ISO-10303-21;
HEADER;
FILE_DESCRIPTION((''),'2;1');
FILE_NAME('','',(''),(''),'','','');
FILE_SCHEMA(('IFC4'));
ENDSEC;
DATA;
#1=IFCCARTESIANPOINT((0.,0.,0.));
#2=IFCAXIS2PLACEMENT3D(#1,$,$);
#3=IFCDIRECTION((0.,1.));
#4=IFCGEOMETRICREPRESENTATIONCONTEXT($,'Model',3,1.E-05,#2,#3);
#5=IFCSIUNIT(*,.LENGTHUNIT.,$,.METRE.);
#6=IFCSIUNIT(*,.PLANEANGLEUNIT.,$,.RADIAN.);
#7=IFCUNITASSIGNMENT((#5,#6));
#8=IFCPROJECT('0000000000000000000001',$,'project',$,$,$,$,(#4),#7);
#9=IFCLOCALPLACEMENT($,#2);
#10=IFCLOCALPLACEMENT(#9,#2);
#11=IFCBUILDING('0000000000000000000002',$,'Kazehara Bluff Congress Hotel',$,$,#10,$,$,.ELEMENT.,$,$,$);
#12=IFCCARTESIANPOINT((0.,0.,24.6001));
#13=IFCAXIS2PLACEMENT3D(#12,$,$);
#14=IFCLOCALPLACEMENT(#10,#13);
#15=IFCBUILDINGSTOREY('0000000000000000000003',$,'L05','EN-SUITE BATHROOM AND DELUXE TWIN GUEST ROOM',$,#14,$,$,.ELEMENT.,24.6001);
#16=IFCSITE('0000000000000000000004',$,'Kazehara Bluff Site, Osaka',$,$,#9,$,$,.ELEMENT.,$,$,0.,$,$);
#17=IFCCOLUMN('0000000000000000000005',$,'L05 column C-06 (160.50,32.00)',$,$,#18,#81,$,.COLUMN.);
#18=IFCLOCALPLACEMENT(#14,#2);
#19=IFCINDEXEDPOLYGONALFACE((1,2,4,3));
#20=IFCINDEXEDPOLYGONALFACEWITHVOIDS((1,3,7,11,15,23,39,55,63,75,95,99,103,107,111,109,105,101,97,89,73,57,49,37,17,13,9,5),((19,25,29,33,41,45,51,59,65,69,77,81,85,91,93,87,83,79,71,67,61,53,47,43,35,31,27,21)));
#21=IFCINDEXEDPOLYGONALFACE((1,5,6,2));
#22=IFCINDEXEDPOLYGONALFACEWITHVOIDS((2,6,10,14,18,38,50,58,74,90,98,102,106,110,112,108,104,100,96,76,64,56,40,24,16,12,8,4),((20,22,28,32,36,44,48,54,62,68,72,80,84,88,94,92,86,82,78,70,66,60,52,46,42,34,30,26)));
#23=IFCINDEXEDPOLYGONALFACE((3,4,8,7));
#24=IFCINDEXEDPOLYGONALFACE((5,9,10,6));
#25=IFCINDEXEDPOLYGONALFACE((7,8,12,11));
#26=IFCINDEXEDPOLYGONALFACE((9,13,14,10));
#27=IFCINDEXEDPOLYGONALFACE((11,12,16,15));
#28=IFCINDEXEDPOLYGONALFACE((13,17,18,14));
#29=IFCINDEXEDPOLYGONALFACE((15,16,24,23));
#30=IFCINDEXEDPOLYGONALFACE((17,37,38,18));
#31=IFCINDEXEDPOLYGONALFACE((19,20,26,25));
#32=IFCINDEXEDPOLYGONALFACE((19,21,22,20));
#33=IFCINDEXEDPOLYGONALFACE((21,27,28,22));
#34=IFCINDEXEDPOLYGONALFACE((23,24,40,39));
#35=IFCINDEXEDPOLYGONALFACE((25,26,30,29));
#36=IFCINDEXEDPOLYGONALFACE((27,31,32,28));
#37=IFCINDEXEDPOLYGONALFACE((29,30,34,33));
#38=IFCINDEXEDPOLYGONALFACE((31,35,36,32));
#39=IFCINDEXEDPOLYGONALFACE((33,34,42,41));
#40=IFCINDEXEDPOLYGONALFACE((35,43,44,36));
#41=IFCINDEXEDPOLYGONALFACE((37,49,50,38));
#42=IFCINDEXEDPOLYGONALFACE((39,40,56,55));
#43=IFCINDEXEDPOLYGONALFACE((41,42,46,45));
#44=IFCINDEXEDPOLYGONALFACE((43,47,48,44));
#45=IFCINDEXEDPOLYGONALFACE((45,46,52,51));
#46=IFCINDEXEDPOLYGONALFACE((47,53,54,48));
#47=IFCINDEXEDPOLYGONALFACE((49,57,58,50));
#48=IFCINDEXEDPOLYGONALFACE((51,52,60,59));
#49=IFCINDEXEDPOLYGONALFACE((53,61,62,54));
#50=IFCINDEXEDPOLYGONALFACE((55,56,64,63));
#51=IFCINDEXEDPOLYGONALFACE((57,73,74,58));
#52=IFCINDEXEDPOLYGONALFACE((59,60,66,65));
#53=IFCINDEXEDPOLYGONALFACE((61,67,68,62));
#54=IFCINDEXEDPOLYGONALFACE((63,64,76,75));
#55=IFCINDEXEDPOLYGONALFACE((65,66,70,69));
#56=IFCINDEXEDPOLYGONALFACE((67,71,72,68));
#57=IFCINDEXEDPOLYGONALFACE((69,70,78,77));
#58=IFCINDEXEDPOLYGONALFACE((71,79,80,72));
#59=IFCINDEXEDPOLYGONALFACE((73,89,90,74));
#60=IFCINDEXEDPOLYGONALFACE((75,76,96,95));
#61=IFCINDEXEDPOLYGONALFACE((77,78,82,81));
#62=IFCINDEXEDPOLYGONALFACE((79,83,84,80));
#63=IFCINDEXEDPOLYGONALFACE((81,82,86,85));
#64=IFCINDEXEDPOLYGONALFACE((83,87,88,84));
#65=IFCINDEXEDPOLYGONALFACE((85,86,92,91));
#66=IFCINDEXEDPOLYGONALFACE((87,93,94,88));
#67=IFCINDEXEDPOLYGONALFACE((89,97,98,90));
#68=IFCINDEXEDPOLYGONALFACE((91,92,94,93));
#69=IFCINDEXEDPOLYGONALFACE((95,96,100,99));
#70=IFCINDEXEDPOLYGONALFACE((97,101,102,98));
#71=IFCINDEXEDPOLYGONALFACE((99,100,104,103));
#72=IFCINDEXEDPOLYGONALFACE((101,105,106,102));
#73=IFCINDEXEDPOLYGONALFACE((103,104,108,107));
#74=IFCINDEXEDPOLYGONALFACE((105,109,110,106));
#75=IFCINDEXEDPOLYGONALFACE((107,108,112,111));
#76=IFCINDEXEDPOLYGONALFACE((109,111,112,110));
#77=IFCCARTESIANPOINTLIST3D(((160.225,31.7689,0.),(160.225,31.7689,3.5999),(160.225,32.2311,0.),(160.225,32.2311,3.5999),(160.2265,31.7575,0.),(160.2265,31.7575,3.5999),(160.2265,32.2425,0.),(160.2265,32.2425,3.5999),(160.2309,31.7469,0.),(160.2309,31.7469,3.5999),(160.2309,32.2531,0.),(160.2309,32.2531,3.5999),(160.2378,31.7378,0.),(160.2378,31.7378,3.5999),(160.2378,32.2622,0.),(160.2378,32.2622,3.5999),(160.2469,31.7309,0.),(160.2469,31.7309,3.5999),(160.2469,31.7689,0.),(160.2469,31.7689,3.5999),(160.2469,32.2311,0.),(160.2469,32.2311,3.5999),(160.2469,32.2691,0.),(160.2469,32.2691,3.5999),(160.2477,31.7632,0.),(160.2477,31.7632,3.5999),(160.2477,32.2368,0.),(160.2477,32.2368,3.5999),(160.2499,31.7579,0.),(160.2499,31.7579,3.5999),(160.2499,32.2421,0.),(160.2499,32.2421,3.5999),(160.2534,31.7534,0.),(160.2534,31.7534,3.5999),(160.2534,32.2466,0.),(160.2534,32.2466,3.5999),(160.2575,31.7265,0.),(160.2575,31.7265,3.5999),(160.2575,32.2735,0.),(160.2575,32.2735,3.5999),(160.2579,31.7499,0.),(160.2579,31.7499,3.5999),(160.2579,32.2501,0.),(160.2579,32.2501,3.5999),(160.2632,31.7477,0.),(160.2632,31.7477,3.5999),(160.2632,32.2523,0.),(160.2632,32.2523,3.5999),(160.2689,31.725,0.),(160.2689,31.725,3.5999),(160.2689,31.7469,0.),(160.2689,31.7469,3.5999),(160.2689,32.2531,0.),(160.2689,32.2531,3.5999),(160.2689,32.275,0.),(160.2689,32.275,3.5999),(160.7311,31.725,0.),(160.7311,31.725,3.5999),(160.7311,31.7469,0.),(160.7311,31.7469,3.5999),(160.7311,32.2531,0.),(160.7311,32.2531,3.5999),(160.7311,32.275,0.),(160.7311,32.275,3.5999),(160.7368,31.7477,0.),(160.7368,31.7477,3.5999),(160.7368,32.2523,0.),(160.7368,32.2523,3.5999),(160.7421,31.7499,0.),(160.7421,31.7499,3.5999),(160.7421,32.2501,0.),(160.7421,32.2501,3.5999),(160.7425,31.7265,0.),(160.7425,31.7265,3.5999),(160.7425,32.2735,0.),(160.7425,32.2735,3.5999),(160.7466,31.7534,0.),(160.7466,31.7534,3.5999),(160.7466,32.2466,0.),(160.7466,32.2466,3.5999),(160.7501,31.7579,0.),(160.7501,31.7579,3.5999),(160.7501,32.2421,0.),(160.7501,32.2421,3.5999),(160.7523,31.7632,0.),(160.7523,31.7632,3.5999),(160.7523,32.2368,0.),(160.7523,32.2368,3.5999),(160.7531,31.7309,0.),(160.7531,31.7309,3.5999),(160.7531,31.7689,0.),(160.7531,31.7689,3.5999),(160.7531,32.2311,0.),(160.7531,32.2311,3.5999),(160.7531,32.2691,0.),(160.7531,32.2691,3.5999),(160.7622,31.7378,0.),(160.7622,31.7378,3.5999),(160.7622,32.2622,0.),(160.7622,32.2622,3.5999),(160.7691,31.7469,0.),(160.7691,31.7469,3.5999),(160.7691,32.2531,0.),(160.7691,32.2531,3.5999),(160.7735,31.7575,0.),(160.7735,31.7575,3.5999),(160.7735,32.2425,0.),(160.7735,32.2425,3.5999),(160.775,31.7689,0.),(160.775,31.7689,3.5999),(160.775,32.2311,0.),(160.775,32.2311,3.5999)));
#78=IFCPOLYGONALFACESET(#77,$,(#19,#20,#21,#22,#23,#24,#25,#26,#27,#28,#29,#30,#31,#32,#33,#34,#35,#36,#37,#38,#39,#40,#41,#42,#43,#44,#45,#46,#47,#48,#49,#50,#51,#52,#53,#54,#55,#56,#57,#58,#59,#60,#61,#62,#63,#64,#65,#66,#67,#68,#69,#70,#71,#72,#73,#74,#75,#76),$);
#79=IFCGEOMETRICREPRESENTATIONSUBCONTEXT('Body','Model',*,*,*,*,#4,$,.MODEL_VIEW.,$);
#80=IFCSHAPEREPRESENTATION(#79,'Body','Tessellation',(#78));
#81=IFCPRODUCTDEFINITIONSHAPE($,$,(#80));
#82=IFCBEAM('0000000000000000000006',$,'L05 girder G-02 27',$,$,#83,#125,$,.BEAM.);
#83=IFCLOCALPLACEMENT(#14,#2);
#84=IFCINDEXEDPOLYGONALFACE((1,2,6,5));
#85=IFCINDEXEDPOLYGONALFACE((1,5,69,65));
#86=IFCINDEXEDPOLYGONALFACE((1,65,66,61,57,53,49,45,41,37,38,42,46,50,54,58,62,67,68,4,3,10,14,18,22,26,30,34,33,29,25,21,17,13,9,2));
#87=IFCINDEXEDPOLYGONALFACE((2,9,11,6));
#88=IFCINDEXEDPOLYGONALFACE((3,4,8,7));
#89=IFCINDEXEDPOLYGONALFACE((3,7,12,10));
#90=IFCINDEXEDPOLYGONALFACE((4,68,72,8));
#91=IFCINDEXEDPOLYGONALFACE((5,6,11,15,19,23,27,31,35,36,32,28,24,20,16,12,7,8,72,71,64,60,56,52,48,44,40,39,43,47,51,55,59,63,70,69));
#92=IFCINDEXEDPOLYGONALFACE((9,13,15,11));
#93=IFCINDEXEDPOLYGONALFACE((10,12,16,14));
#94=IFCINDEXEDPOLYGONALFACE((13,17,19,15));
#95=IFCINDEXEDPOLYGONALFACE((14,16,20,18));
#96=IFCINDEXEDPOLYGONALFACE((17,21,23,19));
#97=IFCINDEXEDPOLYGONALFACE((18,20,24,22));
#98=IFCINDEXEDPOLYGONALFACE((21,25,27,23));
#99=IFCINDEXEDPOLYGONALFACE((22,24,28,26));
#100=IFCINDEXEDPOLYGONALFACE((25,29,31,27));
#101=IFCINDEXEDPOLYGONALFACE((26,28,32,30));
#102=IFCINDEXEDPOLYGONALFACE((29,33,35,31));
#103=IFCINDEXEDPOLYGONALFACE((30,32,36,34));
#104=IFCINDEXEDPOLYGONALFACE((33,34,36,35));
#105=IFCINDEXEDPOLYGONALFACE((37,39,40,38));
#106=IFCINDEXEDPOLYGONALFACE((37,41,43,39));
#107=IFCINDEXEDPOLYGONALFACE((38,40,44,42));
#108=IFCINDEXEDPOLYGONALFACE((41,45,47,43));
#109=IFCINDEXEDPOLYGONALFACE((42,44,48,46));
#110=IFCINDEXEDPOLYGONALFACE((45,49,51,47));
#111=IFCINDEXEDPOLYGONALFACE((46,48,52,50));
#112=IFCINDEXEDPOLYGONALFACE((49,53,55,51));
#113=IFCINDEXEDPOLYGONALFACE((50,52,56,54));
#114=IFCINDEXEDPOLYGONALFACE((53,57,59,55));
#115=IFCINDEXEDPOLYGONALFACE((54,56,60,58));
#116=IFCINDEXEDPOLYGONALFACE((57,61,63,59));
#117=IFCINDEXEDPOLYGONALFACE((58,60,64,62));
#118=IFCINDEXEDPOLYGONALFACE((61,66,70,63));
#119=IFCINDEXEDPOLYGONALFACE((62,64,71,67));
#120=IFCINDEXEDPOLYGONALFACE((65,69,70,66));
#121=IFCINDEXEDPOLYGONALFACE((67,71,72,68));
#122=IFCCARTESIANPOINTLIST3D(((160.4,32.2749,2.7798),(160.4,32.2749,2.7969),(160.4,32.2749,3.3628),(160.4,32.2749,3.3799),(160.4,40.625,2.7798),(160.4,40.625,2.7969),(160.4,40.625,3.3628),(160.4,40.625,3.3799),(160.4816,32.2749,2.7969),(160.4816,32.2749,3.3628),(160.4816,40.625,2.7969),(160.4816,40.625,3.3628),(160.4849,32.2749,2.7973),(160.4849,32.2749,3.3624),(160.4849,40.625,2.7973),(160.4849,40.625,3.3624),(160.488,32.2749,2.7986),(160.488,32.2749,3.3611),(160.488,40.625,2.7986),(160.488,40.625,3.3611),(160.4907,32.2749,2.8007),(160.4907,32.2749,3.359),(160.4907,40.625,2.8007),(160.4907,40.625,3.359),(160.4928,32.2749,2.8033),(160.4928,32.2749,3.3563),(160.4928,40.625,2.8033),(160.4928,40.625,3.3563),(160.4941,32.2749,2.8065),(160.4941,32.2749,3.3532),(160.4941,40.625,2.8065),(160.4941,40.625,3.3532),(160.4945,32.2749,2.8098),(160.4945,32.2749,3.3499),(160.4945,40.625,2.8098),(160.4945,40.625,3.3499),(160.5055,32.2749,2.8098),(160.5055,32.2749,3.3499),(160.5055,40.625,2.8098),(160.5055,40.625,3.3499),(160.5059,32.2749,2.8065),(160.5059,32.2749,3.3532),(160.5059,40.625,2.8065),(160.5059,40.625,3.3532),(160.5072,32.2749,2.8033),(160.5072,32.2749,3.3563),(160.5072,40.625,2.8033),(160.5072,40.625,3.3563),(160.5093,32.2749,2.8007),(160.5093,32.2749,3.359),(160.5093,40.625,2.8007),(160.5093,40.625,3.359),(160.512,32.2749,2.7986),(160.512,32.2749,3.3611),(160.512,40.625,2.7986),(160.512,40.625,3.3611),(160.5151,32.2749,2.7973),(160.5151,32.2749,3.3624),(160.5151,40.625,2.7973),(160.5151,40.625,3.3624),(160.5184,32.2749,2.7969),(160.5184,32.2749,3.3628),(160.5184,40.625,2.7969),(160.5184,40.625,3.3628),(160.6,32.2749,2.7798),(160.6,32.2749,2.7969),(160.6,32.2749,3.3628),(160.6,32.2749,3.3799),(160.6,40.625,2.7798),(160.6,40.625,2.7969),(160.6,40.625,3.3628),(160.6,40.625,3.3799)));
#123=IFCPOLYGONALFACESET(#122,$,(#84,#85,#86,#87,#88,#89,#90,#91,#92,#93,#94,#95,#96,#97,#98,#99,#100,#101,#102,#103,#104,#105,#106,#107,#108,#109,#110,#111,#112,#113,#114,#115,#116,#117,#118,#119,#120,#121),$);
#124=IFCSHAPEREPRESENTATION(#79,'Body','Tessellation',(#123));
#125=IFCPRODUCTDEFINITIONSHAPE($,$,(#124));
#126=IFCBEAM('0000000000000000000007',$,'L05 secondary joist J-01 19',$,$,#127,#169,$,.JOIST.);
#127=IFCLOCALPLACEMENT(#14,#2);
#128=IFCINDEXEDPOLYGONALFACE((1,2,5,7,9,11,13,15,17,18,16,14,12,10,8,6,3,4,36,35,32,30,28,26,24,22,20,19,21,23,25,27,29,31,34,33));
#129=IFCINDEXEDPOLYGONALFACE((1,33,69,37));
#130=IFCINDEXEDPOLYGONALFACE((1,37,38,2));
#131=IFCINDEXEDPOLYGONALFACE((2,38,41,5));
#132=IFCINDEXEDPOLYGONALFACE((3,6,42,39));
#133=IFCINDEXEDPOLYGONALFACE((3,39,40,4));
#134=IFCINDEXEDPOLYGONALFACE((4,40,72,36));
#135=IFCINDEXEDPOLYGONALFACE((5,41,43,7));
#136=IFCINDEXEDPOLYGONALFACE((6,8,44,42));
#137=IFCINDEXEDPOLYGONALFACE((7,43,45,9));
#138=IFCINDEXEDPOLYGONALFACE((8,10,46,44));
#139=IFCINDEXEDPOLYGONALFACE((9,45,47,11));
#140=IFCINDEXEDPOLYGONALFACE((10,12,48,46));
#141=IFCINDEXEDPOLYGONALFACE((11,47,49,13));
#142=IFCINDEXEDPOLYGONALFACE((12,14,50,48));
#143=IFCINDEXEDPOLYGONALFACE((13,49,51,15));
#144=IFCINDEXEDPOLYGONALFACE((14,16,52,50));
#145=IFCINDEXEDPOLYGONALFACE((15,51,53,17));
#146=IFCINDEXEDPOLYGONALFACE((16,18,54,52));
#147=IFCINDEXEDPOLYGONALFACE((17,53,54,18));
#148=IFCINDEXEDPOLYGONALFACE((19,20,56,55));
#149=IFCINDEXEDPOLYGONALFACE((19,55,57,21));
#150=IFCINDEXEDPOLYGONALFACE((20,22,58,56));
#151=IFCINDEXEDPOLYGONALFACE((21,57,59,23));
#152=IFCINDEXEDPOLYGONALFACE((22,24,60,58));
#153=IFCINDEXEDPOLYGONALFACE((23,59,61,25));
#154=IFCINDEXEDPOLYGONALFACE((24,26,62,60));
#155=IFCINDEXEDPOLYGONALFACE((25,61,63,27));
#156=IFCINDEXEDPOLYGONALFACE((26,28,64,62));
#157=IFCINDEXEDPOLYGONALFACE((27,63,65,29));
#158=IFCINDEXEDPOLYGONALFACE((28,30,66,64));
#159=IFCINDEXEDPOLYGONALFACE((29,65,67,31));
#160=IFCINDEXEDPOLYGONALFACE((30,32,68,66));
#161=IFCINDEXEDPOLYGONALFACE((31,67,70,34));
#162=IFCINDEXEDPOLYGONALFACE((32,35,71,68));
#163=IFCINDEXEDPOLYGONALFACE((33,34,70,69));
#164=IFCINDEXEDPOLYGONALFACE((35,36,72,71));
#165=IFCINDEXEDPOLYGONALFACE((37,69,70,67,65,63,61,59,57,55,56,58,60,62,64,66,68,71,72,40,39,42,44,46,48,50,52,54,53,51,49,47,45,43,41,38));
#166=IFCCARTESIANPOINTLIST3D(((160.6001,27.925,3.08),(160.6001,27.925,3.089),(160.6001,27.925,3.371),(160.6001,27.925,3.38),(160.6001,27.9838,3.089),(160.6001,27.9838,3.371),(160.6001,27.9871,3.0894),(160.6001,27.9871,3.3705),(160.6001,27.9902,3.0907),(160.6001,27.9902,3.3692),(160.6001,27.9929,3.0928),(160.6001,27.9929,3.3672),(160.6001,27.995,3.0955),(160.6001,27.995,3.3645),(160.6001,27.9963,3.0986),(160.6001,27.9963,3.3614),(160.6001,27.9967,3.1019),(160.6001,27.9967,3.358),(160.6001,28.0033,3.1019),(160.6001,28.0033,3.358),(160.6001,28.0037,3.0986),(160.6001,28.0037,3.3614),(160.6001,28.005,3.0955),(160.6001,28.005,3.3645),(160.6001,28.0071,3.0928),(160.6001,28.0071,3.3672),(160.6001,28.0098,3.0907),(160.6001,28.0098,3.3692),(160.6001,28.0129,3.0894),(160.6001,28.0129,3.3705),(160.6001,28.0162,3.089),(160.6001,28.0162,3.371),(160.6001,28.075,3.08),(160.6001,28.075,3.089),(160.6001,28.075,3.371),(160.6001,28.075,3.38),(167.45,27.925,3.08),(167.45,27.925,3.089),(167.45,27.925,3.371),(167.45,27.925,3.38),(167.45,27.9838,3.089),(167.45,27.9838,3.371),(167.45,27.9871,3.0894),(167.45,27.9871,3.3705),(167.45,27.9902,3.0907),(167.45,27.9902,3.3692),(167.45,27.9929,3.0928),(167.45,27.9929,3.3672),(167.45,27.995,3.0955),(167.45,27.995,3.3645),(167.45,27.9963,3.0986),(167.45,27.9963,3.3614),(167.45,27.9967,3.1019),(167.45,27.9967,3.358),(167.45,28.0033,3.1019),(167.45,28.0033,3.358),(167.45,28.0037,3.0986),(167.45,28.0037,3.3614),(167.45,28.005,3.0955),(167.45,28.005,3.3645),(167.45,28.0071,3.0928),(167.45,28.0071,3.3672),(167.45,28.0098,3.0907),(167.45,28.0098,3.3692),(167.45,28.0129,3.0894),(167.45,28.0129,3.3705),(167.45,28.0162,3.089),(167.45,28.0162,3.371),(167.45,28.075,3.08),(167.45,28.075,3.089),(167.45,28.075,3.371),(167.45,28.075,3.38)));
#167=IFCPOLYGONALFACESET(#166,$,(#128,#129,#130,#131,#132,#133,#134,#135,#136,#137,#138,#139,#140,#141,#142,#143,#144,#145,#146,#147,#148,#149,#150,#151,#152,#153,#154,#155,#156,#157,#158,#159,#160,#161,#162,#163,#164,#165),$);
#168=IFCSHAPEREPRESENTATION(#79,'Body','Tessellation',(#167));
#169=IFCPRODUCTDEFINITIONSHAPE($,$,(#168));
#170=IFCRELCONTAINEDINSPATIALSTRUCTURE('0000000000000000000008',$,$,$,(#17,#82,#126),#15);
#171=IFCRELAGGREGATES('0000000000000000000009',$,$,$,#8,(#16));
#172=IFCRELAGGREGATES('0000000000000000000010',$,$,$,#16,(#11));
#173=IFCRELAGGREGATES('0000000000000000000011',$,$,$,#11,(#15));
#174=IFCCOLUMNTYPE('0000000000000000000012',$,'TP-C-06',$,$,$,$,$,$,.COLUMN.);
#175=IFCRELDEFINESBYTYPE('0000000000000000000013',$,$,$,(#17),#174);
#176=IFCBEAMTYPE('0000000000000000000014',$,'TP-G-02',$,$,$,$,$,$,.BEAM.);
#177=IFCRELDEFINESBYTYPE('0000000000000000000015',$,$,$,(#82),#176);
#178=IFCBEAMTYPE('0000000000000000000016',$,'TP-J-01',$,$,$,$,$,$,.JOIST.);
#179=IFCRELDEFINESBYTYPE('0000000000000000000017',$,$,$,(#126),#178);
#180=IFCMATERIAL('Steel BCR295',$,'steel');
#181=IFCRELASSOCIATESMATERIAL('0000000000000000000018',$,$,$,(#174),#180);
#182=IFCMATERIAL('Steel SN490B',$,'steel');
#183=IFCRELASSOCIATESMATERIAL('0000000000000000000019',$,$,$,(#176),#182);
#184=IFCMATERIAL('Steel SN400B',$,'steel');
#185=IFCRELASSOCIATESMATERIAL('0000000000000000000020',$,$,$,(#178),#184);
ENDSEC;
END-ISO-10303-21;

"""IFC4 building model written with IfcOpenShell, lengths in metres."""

from ifc_helpers import new_model, si_unit, direction, frame, origin, origin_2d, place, context, subcontext, project, spatial, hollow_rectangle, i_section, extrude, material, material_profile, profile_set, type_object, element, save


model = new_model("IFC4")

# Units and contexts
model_context = context("Model", 3, precision=1e-05, world=origin(), true_north=direction((0.0, 1.0)))
body_context = subcontext(model_context, "Body", "Model", "MODEL_VIEW")
ifc_project = project(units=[si_unit("LENGTHUNIT", "METRE"), si_unit("PLANEANGLEUNIT", "RADIAN")], contexts=[model_context])

# Site, building, storey
site_placement = place(None, origin())
site = spatial("IfcSite", under=ifc_project, at=site_placement, Name="Kazehara Bluff Site, Osaka", CompositionType="ELEMENT", RefElevation=0.0)
building_placement = place(site_placement, origin())
building = spatial("IfcBuilding", under=site, at=building_placement, Name="Kazehara Bluff Congress Hotel", CompositionType="ELEMENT")
storey_placement = place(building_placement, frame((0.0, 0.0, 24.6001)))
storey = spatial("IfcBuildingStorey", under=building, at=storey_placement, Name="L05", Description="EN-SUITE BATHROOM AND DELUXE TWIN GUEST ROOM", CompositionType="ELEMENT", Elevation=24.6001)

# Column
ifc_material_1 = material(Name="Steel BCR295", Category="steel")
ifc_material_profile_1 = material_profile(ifc_material_1, hollow_rectangle(XDim=0.55, YDim=0.55, WallThickness=0.022, InnerFilletRadius=0.022, OuterFilletRadius=0.0439, at=origin_2d()))
ifc_profile_set_1 = profile_set([ifc_material_profile_1], Name="Steel BCR295")
column_type = type_object("IfcColumnType", Name="TP-C-06", PredefinedType="COLUMN", material=ifc_profile_set_1)
column_placement = place(storey_placement, frame((160.5, 32.0, 0.0), z_axis=(0.0, 0.0, 1.0), x_axis=(1.0, 0.0, 0.0)))
element("IfcColumn", 1, at=column_placement, inside=storey, type_object=column_type, Name="L05 column C-06 (160.50,32.00)", PredefinedType="COLUMN", context=body_context, shape_type="SweptSolid", body=[
    extrude(hollow_rectangle(XDim=0.55, YDim=0.55, WallThickness=0.022, InnerFilletRadius=0.022, OuterFilletRadius=0.0439, at=origin_2d()), origin(), (0.0, 0.0, 1.0), 3.5999),
])

# Beams
ifc_material_2 = material(Name="Steel SN490B", Category="steel")
ifc_material_profile_2 = material_profile(ifc_material_2, i_section(OverallWidth=0.2, OverallDepth=0.6001, WebThickness=0.011, FlangeThickness=0.0171, FilletRadius=0.0129, at=origin_2d()))
ifc_profile_set_2 = profile_set([ifc_material_profile_2], Name="Steel SN490B")
beam_type_1 = type_object("IfcBeamType", Name="TP-G-02", PredefinedType="BEAM", material=ifc_profile_set_2)
beam_1_placement = place(storey_placement, frame((160.5, 32.2749, 3.0798), z_axis=(0.0, 1.0, 0.0), x_axis=(-1.0, 0.0, 0.0)))
element("IfcBeam", 2, at=beam_1_placement, inside=storey, type_object=beam_type_1, Name="L05 girder G-02 27", PredefinedType="BEAM", context=body_context, shape_type="SweptSolid", body=[
    extrude(i_section(OverallWidth=0.2, OverallDepth=0.6001, WebThickness=0.011, FlangeThickness=0.0171, FilletRadius=0.0129, at=origin_2d()), origin(), (0.0, 0.0, 1.0), 8.3501),
])
ifc_material_3 = material(Name="Steel SN400B", Category="steel")
ifc_material_profile_3 = material_profile(ifc_material_3, i_section(OverallWidth=0.1499, OverallDepth=0.3, WebThickness=0.0066, FlangeThickness=0.009, FilletRadius=0.0129, at=origin_2d()))
ifc_profile_set_3 = profile_set([ifc_material_profile_3], Name="Steel SN400B")
beam_type_2 = type_object("IfcBeamType", Name="TP-J-01", PredefinedType="JOIST", material=ifc_profile_set_3)
beam_2_placement = place(storey_placement, frame((160.6001, 28.0, 3.23), z_axis=(1.0, 0.0, 0.0), x_axis=(0.0, 1.0, 0.0)))
element("IfcBeam", 3, at=beam_2_placement, inside=storey, type_object=beam_type_2, Name="L05 secondary joist J-01 19", PredefinedType="JOIST", context=body_context, shape_type="SweptSolid", body=[
    extrude(i_section(OverallWidth=0.1499, OverallDepth=0.3, WebThickness=0.0066, FlangeThickness=0.009, FilletRadius=0.0129, at=origin_2d()), origin(), (0.0, 0.0, 1.0), 6.8499),
])

save(model, "model.ifc")
